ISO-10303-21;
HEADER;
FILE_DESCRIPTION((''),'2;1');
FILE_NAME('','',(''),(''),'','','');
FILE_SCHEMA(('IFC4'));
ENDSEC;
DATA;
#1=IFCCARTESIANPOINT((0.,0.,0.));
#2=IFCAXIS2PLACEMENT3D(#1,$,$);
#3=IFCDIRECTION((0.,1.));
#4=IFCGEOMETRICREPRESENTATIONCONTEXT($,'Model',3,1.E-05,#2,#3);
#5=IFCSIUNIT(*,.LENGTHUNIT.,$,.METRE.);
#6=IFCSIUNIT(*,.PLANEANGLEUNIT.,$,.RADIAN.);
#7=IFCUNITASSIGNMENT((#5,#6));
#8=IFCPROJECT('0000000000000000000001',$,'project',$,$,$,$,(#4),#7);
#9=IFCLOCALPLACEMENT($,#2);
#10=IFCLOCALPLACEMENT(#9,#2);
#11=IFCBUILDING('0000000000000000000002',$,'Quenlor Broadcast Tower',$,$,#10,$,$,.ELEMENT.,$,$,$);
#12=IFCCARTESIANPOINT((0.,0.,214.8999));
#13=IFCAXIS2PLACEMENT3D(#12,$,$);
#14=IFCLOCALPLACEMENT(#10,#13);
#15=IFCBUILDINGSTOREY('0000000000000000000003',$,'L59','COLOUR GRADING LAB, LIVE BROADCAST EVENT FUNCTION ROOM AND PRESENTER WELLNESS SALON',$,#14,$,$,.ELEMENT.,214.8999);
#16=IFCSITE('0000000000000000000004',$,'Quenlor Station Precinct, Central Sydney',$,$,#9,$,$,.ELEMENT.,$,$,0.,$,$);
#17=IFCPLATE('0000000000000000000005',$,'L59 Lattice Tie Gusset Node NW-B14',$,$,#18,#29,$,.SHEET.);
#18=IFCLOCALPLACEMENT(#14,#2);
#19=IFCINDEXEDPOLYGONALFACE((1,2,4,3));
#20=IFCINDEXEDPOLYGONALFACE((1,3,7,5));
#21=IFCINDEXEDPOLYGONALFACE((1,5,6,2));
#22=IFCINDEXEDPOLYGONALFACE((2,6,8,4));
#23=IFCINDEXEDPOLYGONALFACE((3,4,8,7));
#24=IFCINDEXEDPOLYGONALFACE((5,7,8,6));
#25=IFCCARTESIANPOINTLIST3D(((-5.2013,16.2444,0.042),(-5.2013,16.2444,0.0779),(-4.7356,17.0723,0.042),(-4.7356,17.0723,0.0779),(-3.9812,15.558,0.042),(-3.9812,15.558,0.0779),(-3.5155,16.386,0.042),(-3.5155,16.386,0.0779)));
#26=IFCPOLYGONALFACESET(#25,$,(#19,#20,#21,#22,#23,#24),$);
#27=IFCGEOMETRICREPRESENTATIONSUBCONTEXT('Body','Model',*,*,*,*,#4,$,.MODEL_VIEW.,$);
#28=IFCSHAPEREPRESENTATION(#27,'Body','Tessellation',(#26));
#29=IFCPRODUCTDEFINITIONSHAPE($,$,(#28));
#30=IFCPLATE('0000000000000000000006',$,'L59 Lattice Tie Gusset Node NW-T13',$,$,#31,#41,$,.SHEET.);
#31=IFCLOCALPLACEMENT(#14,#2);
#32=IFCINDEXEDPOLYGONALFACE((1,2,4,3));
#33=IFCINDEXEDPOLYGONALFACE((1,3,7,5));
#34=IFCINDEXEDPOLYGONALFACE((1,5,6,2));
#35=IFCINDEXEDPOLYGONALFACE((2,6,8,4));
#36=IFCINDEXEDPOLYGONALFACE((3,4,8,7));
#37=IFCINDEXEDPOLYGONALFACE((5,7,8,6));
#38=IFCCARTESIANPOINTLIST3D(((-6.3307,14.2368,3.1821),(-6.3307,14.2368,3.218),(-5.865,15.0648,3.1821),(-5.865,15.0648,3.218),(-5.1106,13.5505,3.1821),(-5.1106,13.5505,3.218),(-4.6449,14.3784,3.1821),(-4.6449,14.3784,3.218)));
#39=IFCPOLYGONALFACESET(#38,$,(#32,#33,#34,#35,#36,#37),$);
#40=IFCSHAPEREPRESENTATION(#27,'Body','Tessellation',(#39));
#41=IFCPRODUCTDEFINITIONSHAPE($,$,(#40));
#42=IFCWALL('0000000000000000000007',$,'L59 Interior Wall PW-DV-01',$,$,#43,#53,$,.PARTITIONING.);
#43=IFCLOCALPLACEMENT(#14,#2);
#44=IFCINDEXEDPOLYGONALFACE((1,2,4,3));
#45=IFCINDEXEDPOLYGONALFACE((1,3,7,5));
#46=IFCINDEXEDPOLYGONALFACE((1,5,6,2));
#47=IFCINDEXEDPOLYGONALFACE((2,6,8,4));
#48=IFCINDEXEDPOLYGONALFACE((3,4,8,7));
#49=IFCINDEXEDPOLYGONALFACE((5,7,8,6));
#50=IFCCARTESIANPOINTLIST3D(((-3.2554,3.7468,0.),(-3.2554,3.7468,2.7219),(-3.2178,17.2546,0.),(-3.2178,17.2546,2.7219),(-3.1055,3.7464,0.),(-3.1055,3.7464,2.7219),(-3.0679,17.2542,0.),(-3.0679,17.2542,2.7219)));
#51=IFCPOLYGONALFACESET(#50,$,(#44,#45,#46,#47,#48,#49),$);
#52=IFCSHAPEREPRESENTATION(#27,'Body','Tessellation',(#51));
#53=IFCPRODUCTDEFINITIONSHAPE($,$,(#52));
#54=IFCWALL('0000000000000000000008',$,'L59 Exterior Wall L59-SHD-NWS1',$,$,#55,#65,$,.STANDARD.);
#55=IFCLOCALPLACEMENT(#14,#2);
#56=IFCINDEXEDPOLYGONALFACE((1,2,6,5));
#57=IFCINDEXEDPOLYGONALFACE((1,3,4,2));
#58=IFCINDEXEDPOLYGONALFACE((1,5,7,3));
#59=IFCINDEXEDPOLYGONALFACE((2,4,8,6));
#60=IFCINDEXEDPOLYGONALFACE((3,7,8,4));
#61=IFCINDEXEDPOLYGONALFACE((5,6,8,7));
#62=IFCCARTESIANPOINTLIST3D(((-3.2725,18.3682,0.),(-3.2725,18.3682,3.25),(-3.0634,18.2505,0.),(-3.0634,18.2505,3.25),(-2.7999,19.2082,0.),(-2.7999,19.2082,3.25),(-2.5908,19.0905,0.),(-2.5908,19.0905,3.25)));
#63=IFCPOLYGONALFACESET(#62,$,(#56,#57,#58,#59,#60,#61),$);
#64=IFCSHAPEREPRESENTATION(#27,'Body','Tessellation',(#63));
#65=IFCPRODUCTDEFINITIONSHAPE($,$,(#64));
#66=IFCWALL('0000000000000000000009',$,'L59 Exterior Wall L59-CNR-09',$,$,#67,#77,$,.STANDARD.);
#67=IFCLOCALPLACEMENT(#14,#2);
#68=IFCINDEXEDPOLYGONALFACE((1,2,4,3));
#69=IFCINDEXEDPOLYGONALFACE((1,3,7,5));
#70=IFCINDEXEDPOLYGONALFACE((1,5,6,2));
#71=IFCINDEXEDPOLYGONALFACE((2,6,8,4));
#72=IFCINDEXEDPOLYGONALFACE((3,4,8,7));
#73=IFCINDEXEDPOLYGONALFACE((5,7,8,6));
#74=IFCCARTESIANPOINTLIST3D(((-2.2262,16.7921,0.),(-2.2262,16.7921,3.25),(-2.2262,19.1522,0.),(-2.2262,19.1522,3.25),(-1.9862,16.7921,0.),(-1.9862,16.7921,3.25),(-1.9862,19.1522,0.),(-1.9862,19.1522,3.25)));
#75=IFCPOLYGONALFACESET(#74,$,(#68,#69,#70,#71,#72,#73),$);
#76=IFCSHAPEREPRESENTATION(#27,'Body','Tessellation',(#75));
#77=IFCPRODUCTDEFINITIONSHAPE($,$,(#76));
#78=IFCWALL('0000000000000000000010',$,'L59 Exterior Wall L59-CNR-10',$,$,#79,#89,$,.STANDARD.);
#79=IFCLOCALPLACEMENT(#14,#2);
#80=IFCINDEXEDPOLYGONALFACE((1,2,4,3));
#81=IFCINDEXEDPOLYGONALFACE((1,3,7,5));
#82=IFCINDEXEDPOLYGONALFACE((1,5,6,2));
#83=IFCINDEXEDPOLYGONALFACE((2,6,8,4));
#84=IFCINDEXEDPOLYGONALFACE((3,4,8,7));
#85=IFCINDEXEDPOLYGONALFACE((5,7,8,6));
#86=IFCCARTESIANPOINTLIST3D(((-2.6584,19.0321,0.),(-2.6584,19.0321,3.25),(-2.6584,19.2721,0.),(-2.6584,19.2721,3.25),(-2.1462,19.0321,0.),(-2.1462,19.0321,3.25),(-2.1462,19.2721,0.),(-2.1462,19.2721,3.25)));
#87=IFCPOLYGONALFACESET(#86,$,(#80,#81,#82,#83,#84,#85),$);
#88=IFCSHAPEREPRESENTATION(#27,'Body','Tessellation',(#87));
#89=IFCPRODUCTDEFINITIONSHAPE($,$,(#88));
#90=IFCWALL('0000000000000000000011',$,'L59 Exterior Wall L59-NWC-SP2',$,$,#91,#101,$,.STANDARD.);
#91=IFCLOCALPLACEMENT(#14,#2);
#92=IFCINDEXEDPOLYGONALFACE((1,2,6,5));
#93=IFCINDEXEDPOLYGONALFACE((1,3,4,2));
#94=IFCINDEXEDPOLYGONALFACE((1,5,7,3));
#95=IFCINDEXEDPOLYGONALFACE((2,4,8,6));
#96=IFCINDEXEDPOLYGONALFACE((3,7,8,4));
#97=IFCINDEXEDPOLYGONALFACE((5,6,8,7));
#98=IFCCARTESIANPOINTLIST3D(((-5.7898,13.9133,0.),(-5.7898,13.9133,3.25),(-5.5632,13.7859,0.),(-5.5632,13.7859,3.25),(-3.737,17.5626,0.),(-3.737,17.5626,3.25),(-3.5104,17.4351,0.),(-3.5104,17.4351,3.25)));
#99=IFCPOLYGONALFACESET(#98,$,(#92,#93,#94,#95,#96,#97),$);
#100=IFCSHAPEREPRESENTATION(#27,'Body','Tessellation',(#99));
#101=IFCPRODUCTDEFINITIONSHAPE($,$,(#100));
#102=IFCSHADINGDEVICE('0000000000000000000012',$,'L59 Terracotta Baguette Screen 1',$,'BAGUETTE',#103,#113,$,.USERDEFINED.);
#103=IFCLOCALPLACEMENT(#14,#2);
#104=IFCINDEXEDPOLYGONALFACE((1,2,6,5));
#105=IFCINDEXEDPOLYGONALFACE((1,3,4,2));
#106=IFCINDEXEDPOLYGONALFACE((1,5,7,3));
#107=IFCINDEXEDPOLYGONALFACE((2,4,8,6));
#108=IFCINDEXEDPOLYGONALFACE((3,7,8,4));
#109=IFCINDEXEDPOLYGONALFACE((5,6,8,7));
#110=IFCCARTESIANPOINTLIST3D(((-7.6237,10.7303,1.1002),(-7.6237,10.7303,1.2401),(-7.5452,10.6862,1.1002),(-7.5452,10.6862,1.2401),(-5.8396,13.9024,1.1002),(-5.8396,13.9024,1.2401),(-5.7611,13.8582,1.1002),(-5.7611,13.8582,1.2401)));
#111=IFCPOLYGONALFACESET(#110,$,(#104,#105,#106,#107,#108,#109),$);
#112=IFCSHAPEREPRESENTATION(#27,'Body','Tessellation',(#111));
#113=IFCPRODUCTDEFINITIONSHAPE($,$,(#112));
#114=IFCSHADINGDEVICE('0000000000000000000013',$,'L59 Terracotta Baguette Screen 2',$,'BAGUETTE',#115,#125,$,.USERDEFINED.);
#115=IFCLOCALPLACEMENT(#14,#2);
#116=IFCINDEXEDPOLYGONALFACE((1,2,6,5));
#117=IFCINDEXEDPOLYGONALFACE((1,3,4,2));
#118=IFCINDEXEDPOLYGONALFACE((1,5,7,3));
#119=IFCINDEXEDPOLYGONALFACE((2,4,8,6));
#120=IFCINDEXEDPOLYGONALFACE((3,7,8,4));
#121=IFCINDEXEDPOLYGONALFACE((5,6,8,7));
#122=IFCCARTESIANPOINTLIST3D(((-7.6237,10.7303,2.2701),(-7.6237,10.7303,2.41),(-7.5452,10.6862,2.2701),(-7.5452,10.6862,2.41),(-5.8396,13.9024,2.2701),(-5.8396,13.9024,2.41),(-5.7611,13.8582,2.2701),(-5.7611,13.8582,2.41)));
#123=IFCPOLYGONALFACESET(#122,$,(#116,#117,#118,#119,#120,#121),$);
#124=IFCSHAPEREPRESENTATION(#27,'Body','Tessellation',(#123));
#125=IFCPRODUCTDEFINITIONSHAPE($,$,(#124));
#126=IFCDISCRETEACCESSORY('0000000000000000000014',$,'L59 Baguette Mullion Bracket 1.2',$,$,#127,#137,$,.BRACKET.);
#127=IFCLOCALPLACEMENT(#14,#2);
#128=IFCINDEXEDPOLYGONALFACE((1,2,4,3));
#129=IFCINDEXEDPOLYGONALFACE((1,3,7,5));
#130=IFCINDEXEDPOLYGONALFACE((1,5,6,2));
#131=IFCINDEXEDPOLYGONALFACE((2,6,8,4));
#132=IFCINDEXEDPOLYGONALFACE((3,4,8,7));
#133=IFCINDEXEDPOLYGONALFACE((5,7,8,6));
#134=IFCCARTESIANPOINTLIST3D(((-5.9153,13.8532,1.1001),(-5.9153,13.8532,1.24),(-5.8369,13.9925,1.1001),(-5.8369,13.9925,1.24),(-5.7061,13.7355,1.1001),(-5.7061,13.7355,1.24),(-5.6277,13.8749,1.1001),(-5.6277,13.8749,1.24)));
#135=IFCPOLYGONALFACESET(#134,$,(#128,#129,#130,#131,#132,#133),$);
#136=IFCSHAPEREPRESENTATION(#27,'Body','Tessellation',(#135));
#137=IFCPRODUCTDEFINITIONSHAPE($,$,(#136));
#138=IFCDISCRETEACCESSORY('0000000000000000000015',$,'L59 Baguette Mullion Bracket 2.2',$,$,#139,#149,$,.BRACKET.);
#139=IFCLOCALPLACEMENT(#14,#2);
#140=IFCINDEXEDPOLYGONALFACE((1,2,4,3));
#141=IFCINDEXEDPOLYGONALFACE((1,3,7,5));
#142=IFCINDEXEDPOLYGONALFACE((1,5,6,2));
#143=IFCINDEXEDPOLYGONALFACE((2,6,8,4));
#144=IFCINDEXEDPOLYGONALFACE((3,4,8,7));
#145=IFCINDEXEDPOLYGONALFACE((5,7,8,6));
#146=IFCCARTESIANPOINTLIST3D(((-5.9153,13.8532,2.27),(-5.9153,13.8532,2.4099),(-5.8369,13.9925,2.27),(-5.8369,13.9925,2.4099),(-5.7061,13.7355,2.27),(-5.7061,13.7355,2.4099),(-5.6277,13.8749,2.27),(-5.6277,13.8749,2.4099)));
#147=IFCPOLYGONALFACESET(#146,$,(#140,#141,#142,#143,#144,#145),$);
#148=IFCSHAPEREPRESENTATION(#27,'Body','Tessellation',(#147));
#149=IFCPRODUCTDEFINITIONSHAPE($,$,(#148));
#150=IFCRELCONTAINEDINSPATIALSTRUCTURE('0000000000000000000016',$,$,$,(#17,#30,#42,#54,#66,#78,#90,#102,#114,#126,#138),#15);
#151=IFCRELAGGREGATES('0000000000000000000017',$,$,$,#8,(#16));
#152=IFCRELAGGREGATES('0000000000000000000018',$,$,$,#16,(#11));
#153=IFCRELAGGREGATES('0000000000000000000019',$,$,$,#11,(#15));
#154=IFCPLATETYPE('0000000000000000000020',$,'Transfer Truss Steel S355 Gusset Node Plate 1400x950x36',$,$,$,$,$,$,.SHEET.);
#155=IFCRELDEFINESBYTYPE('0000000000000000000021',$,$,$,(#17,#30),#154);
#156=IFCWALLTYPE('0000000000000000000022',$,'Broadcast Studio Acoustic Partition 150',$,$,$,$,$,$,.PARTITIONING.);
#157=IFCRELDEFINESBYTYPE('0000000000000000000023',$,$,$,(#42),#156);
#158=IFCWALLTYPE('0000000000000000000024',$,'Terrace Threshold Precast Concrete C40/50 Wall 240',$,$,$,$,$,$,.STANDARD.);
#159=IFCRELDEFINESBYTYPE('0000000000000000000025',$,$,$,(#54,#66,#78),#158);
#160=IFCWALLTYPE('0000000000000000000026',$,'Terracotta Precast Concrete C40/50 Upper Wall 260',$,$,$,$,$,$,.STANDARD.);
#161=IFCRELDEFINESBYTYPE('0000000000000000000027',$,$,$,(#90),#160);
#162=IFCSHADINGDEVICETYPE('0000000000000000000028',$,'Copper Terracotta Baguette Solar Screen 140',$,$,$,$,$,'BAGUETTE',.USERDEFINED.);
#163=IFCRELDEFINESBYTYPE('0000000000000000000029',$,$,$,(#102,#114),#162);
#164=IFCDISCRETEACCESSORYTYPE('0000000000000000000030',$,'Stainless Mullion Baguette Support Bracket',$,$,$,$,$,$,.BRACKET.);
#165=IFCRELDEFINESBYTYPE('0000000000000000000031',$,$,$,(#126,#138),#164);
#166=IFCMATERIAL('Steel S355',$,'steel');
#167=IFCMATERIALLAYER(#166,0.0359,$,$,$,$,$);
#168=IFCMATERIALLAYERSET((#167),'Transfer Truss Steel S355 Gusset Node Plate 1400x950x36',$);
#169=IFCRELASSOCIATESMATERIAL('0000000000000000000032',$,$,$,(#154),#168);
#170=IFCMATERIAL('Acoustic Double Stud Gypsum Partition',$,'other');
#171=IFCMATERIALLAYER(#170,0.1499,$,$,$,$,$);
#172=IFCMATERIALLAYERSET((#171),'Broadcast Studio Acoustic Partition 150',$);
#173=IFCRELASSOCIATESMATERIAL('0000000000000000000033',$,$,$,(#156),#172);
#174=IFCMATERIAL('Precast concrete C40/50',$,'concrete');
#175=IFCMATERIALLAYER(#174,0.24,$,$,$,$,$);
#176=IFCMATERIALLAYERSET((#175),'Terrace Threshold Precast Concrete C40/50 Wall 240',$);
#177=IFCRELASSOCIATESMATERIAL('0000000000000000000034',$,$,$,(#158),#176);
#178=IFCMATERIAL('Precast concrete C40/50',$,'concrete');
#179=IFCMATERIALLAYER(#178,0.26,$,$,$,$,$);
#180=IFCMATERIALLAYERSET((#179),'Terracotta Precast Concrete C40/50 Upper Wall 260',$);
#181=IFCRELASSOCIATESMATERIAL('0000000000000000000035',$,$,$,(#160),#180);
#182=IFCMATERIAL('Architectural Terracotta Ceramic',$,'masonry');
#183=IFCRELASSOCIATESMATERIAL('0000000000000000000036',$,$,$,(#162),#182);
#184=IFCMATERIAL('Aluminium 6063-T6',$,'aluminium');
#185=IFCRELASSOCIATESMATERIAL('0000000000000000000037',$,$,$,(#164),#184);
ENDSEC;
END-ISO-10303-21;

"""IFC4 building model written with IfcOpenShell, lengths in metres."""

from ifc_helpers import new_model, si_unit, direction, frame, frame_2d, origin, origin_2d, place, context, subcontext, project, spatial, rectangle, extrude, material, layer, layer_set, material_profile, profile_set, type_object, element, save


model = new_model("IFC4")

# Units and contexts
model_context = context("Model", 3, precision=1e-05, world=origin(), true_north=direction((0.0, 1.0)))
body_context = subcontext(model_context, "Body", "Model", "MODEL_VIEW")
ifc_project = project(units=[si_unit("LENGTHUNIT", "METRE"), si_unit("PLANEANGLEUNIT", "RADIAN")], contexts=[model_context])

# Site, building, storey
site_placement = place(None, origin())
site = spatial("IfcSite", under=ifc_project, at=site_placement, Name="Quenlor Station Precinct, Central Sydney", CompositionType="ELEMENT", RefElevation=0.0)
building_placement = place(site_placement, origin())
building = spatial("IfcBuilding", under=site, at=building_placement, Name="Quenlor Broadcast Tower", CompositionType="ELEMENT")
storey_placement = place(building_placement, frame((0.0, 0.0, 214.8999)))
storey = spatial("IfcBuildingStorey", under=building, at=storey_placement, Name="L59", Description="COLOUR GRADING LAB, LIVE BROADCAST EVENT FUNCTION ROOM AND PRESENTER WELLNESS SALON", CompositionType="ELEMENT", Elevation=214.8999)

# Plates
ifc_material_1 = material(Name="Steel S355", Category="steel")
ifc_layer_1 = layer(ifc_material_1, 0.0359)
ifc_layer_set_1 = layer_set([ifc_layer_1], Name="Transfer Truss Steel S355 Gusset Node Plate 1400x950x36")
plate_type_1 = type_object("IfcPlateType", Name="Transfer Truss Steel S355 Gusset Node Plate 1400x950x36", PredefinedType="SHEET", material=ifc_layer_set_1)
for number, where, z_axis, x_axis, name in (
    (1, (-4.3584, 16.3152, 0.042), (0.0, 0.0, 1.0), (-0.871556, 0.490295, 0.0), "L59 Lattice Tie Gusset Node NW-B14"),
    (2, (-5.4878, 14.3076, 3.1821), (0.0, 0.0, 1.0), (-0.871556, 0.490295, 0.0), "L59 Lattice Tie Gusset Node NW-T13"),
):
    element("IfcPlate", number, at=place(storey_placement, frame(where, z_axis=z_axis, x_axis=x_axis)), inside=storey, type_object=plate_type_1, Name=name, PredefinedType="SHEET", context=body_context, shape_type="SweptSolid", body=[
        extrude(rectangle(XDim=1.3999, YDim=0.95, at=origin_2d()), origin(), (0.0, 0.0, 1.0), 0.0359),
    ])

# Walls
ifc_material_2 = material(Name="Acoustic Double Stud Gypsum Partition", Category="other")
ifc_layer_2 = layer(ifc_material_2, 0.1499)
ifc_layer_set_2 = layer_set([ifc_layer_2], Name="Broadcast Studio Acoustic Partition 150")
wall_type_1 = type_object("IfcWallType", Name="Broadcast Studio Acoustic Partition 150", PredefinedType="PARTITIONING", material=ifc_layer_set_2)
wall_1_placement = place(storey_placement, frame((-3.1428, 17.2544, 0.0), z_axis=(0.0, 0.0, 1.0), x_axis=(-0.002783, -0.999996, 0.0)))
element("IfcWall", 3, at=wall_1_placement, inside=storey, type_object=wall_type_1, Name="L59 Interior Wall PW-DV-01", PredefinedType="PARTITIONING", context=body_context, shape_type="SweptSolid", body=[
    extrude(rectangle(XDim=13.5078, YDim=0.1499, at=frame_2d((6.7539, 0.0))), origin(), (0.0, 0.0, 1.0), 2.7219),
])
ifc_material_3 = material(Name="Precast concrete C40/50", Category="concrete")
ifc_layer_3 = layer(ifc_material_3, 0.24)
ifc_layer_set_3 = layer_set([ifc_layer_3], Name="Terrace Threshold Precast Concrete C40/50 Wall 240")
wall_type_2 = type_object("IfcWallType", Name="Terrace Threshold Precast Concrete C40/50 Wall 240", PredefinedType="STANDARD", material=ifc_layer_set_3)
wall_2_placement = place(storey_placement, frame((-3.168, 18.3093, 0.0), z_axis=(0.0, 0.0, 1.0), x_axis=(0.490345, 0.871528, 0.0)))
element("IfcWall", 4, at=wall_2_placement, inside=storey, type_object=wall_type_2, Name="L59 Exterior Wall L59-SHD-NWS1", PredefinedType="STANDARD", context=body_context, shape_type="SweptSolid", body=[
    extrude(rectangle(XDim=0.9639, YDim=0.24, at=frame_2d((0.4819, 0.0))), origin(), (0.0, 0.0, 1.0), 3.25),
])
wall_3_placement = place(storey_placement, frame((-2.1062, 16.792, 0.0), z_axis=(0.0, 0.0, 1.0), x_axis=(0.0, 1.0, 0.0)))
element("IfcWall", 5, at=wall_3_placement, inside=storey, type_object=wall_type_2, Name="L59 Exterior Wall L59-CNR-09", PredefinedType="STANDARD", context=body_context, shape_type="SweptSolid", body=[
    extrude(rectangle(XDim=2.3601, YDim=0.24, at=frame_2d((1.1802, 0.0))), origin(), (0.0, 0.0, 1.0), 3.25),
])
wall_4_placement = place(storey_placement, frame((-2.1462, 19.1521, 0.0), z_axis=(0.0, 0.0, 1.0), x_axis=(-1.0, 0.0, 0.0)))
element("IfcWall", 6, at=wall_4_placement, inside=storey, type_object=wall_type_2, Name="L59 Exterior Wall L59-CNR-10", PredefinedType="STANDARD", context=body_context, shape_type="SweptSolid", body=[
    extrude(rectangle(XDim=0.5122, YDim=0.24, at=frame_2d((0.2561, 0.0))), origin(), (0.0, 0.0, 1.0), 3.25),
])
ifc_material_4 = material(Name="Precast concrete C40/50", Category="concrete")
ifc_layer_4 = layer(ifc_material_4, 0.26)
ifc_layer_set_4 = layer_set([ifc_layer_4], Name="Terracotta Precast Concrete C40/50 Upper Wall 260")
wall_type_3 = type_object("IfcWallType", Name="Terracotta Precast Concrete C40/50 Upper Wall 260", PredefinedType="STANDARD", material=ifc_layer_set_4)
wall_5_placement = place(storey_placement, frame((-5.6765, 13.8496, 0.0), z_axis=(0.0, 0.0, 1.0), x_axis=(0.490275, 0.871568, 0.0)))
element("IfcWall", 7, at=wall_5_placement, inside=storey, type_object=wall_type_3, Name="L59 Exterior Wall L59-NWC-SP2", PredefinedType="STANDARD", context=body_context, shape_type="SweptSolid", body=[
    extrude(rectangle(XDim=4.187, YDim=0.26, at=frame_2d((2.0935, 0.0))), origin(), (0.0, 0.0, 1.0), 3.25),
])

# Shading devices
ifc_material_5 = material(Name="Architectural Terracotta Ceramic", Category="masonry")
ifc_material_profile_1 = material_profile(ifc_material_5, rectangle(XDim=0.0901, YDim=0.1399, at=origin_2d()))
ifc_profile_set_1 = profile_set([ifc_material_profile_1], Name="Architectural Terracotta Ceramic BAG90x140")
shading_device_type = type_object("IfcShadingDeviceType", Name="Copper Terracotta Baguette Solar Screen 140", ElementType="BAGUETTE", PredefinedType="USERDEFINED", material=ifc_profile_set_1)
for number, where, z_axis, x_axis, name in (
    (8, (-7.5845, 10.7083, 1.1702), (0.490233, 0.871592, 0.0), (-0.871592, 0.490233, 0.0), "L59 Terracotta Baguette Screen 1"),
    (9, (-7.5845, 10.7083, 2.3401), (0.490233, 0.871592, 0.0), (-0.871592, 0.490233, 0.0), "L59 Terracotta Baguette Screen 2"),
):
    element("IfcShadingDevice", number, at=place(storey_placement, frame(where, z_axis=z_axis, x_axis=x_axis)), inside=storey, type_object=shading_device_type, Name=name, ObjectType="BAGUETTE", PredefinedType="USERDEFINED", context=body_context, shape_type="SweptSolid", body=[
        extrude(rectangle(XDim=0.0901, YDim=0.1399, at=origin_2d()), origin(), (0.0, 0.0, 1.0), 3.6394),
    ])

# Discrete accessories
ifc_material_6 = material(Name="Aluminium 6063-T6", Category="aluminium")
discrete_accessory_type = type_object("IfcDiscreteAccessoryType", Name="Stainless Mullion Baguette Support Bracket", PredefinedType="BRACKET", material=ifc_material_6)
for number, where, z_axis, x_axis, name in (
    (10, (-5.7715, 13.864, 1.1001), (0.0, 0.0, 1.0), (0.49026, 0.871576, 0.0), "L59 Baguette Mullion Bracket 1.2"),
    (11, (-5.7715, 13.864, 2.27), (0.0, 0.0, 1.0), (0.49026, 0.871576, 0.0), "L59 Baguette Mullion Bracket 2.2"),
):
    element("IfcDiscreteAccessory", number, at=place(storey_placement, frame(where, z_axis=z_axis, x_axis=x_axis)), inside=storey, type_object=discrete_accessory_type, Name=name, PredefinedType="BRACKET", context=body_context, shape_type="SweptSolid", body=[
        extrude(rectangle(XDim=0.1599, YDim=0.24, at=origin_2d()), origin(), (0.0, 0.0, 1.0), 0.1399),
    ])

save(model, "model.ifc")
